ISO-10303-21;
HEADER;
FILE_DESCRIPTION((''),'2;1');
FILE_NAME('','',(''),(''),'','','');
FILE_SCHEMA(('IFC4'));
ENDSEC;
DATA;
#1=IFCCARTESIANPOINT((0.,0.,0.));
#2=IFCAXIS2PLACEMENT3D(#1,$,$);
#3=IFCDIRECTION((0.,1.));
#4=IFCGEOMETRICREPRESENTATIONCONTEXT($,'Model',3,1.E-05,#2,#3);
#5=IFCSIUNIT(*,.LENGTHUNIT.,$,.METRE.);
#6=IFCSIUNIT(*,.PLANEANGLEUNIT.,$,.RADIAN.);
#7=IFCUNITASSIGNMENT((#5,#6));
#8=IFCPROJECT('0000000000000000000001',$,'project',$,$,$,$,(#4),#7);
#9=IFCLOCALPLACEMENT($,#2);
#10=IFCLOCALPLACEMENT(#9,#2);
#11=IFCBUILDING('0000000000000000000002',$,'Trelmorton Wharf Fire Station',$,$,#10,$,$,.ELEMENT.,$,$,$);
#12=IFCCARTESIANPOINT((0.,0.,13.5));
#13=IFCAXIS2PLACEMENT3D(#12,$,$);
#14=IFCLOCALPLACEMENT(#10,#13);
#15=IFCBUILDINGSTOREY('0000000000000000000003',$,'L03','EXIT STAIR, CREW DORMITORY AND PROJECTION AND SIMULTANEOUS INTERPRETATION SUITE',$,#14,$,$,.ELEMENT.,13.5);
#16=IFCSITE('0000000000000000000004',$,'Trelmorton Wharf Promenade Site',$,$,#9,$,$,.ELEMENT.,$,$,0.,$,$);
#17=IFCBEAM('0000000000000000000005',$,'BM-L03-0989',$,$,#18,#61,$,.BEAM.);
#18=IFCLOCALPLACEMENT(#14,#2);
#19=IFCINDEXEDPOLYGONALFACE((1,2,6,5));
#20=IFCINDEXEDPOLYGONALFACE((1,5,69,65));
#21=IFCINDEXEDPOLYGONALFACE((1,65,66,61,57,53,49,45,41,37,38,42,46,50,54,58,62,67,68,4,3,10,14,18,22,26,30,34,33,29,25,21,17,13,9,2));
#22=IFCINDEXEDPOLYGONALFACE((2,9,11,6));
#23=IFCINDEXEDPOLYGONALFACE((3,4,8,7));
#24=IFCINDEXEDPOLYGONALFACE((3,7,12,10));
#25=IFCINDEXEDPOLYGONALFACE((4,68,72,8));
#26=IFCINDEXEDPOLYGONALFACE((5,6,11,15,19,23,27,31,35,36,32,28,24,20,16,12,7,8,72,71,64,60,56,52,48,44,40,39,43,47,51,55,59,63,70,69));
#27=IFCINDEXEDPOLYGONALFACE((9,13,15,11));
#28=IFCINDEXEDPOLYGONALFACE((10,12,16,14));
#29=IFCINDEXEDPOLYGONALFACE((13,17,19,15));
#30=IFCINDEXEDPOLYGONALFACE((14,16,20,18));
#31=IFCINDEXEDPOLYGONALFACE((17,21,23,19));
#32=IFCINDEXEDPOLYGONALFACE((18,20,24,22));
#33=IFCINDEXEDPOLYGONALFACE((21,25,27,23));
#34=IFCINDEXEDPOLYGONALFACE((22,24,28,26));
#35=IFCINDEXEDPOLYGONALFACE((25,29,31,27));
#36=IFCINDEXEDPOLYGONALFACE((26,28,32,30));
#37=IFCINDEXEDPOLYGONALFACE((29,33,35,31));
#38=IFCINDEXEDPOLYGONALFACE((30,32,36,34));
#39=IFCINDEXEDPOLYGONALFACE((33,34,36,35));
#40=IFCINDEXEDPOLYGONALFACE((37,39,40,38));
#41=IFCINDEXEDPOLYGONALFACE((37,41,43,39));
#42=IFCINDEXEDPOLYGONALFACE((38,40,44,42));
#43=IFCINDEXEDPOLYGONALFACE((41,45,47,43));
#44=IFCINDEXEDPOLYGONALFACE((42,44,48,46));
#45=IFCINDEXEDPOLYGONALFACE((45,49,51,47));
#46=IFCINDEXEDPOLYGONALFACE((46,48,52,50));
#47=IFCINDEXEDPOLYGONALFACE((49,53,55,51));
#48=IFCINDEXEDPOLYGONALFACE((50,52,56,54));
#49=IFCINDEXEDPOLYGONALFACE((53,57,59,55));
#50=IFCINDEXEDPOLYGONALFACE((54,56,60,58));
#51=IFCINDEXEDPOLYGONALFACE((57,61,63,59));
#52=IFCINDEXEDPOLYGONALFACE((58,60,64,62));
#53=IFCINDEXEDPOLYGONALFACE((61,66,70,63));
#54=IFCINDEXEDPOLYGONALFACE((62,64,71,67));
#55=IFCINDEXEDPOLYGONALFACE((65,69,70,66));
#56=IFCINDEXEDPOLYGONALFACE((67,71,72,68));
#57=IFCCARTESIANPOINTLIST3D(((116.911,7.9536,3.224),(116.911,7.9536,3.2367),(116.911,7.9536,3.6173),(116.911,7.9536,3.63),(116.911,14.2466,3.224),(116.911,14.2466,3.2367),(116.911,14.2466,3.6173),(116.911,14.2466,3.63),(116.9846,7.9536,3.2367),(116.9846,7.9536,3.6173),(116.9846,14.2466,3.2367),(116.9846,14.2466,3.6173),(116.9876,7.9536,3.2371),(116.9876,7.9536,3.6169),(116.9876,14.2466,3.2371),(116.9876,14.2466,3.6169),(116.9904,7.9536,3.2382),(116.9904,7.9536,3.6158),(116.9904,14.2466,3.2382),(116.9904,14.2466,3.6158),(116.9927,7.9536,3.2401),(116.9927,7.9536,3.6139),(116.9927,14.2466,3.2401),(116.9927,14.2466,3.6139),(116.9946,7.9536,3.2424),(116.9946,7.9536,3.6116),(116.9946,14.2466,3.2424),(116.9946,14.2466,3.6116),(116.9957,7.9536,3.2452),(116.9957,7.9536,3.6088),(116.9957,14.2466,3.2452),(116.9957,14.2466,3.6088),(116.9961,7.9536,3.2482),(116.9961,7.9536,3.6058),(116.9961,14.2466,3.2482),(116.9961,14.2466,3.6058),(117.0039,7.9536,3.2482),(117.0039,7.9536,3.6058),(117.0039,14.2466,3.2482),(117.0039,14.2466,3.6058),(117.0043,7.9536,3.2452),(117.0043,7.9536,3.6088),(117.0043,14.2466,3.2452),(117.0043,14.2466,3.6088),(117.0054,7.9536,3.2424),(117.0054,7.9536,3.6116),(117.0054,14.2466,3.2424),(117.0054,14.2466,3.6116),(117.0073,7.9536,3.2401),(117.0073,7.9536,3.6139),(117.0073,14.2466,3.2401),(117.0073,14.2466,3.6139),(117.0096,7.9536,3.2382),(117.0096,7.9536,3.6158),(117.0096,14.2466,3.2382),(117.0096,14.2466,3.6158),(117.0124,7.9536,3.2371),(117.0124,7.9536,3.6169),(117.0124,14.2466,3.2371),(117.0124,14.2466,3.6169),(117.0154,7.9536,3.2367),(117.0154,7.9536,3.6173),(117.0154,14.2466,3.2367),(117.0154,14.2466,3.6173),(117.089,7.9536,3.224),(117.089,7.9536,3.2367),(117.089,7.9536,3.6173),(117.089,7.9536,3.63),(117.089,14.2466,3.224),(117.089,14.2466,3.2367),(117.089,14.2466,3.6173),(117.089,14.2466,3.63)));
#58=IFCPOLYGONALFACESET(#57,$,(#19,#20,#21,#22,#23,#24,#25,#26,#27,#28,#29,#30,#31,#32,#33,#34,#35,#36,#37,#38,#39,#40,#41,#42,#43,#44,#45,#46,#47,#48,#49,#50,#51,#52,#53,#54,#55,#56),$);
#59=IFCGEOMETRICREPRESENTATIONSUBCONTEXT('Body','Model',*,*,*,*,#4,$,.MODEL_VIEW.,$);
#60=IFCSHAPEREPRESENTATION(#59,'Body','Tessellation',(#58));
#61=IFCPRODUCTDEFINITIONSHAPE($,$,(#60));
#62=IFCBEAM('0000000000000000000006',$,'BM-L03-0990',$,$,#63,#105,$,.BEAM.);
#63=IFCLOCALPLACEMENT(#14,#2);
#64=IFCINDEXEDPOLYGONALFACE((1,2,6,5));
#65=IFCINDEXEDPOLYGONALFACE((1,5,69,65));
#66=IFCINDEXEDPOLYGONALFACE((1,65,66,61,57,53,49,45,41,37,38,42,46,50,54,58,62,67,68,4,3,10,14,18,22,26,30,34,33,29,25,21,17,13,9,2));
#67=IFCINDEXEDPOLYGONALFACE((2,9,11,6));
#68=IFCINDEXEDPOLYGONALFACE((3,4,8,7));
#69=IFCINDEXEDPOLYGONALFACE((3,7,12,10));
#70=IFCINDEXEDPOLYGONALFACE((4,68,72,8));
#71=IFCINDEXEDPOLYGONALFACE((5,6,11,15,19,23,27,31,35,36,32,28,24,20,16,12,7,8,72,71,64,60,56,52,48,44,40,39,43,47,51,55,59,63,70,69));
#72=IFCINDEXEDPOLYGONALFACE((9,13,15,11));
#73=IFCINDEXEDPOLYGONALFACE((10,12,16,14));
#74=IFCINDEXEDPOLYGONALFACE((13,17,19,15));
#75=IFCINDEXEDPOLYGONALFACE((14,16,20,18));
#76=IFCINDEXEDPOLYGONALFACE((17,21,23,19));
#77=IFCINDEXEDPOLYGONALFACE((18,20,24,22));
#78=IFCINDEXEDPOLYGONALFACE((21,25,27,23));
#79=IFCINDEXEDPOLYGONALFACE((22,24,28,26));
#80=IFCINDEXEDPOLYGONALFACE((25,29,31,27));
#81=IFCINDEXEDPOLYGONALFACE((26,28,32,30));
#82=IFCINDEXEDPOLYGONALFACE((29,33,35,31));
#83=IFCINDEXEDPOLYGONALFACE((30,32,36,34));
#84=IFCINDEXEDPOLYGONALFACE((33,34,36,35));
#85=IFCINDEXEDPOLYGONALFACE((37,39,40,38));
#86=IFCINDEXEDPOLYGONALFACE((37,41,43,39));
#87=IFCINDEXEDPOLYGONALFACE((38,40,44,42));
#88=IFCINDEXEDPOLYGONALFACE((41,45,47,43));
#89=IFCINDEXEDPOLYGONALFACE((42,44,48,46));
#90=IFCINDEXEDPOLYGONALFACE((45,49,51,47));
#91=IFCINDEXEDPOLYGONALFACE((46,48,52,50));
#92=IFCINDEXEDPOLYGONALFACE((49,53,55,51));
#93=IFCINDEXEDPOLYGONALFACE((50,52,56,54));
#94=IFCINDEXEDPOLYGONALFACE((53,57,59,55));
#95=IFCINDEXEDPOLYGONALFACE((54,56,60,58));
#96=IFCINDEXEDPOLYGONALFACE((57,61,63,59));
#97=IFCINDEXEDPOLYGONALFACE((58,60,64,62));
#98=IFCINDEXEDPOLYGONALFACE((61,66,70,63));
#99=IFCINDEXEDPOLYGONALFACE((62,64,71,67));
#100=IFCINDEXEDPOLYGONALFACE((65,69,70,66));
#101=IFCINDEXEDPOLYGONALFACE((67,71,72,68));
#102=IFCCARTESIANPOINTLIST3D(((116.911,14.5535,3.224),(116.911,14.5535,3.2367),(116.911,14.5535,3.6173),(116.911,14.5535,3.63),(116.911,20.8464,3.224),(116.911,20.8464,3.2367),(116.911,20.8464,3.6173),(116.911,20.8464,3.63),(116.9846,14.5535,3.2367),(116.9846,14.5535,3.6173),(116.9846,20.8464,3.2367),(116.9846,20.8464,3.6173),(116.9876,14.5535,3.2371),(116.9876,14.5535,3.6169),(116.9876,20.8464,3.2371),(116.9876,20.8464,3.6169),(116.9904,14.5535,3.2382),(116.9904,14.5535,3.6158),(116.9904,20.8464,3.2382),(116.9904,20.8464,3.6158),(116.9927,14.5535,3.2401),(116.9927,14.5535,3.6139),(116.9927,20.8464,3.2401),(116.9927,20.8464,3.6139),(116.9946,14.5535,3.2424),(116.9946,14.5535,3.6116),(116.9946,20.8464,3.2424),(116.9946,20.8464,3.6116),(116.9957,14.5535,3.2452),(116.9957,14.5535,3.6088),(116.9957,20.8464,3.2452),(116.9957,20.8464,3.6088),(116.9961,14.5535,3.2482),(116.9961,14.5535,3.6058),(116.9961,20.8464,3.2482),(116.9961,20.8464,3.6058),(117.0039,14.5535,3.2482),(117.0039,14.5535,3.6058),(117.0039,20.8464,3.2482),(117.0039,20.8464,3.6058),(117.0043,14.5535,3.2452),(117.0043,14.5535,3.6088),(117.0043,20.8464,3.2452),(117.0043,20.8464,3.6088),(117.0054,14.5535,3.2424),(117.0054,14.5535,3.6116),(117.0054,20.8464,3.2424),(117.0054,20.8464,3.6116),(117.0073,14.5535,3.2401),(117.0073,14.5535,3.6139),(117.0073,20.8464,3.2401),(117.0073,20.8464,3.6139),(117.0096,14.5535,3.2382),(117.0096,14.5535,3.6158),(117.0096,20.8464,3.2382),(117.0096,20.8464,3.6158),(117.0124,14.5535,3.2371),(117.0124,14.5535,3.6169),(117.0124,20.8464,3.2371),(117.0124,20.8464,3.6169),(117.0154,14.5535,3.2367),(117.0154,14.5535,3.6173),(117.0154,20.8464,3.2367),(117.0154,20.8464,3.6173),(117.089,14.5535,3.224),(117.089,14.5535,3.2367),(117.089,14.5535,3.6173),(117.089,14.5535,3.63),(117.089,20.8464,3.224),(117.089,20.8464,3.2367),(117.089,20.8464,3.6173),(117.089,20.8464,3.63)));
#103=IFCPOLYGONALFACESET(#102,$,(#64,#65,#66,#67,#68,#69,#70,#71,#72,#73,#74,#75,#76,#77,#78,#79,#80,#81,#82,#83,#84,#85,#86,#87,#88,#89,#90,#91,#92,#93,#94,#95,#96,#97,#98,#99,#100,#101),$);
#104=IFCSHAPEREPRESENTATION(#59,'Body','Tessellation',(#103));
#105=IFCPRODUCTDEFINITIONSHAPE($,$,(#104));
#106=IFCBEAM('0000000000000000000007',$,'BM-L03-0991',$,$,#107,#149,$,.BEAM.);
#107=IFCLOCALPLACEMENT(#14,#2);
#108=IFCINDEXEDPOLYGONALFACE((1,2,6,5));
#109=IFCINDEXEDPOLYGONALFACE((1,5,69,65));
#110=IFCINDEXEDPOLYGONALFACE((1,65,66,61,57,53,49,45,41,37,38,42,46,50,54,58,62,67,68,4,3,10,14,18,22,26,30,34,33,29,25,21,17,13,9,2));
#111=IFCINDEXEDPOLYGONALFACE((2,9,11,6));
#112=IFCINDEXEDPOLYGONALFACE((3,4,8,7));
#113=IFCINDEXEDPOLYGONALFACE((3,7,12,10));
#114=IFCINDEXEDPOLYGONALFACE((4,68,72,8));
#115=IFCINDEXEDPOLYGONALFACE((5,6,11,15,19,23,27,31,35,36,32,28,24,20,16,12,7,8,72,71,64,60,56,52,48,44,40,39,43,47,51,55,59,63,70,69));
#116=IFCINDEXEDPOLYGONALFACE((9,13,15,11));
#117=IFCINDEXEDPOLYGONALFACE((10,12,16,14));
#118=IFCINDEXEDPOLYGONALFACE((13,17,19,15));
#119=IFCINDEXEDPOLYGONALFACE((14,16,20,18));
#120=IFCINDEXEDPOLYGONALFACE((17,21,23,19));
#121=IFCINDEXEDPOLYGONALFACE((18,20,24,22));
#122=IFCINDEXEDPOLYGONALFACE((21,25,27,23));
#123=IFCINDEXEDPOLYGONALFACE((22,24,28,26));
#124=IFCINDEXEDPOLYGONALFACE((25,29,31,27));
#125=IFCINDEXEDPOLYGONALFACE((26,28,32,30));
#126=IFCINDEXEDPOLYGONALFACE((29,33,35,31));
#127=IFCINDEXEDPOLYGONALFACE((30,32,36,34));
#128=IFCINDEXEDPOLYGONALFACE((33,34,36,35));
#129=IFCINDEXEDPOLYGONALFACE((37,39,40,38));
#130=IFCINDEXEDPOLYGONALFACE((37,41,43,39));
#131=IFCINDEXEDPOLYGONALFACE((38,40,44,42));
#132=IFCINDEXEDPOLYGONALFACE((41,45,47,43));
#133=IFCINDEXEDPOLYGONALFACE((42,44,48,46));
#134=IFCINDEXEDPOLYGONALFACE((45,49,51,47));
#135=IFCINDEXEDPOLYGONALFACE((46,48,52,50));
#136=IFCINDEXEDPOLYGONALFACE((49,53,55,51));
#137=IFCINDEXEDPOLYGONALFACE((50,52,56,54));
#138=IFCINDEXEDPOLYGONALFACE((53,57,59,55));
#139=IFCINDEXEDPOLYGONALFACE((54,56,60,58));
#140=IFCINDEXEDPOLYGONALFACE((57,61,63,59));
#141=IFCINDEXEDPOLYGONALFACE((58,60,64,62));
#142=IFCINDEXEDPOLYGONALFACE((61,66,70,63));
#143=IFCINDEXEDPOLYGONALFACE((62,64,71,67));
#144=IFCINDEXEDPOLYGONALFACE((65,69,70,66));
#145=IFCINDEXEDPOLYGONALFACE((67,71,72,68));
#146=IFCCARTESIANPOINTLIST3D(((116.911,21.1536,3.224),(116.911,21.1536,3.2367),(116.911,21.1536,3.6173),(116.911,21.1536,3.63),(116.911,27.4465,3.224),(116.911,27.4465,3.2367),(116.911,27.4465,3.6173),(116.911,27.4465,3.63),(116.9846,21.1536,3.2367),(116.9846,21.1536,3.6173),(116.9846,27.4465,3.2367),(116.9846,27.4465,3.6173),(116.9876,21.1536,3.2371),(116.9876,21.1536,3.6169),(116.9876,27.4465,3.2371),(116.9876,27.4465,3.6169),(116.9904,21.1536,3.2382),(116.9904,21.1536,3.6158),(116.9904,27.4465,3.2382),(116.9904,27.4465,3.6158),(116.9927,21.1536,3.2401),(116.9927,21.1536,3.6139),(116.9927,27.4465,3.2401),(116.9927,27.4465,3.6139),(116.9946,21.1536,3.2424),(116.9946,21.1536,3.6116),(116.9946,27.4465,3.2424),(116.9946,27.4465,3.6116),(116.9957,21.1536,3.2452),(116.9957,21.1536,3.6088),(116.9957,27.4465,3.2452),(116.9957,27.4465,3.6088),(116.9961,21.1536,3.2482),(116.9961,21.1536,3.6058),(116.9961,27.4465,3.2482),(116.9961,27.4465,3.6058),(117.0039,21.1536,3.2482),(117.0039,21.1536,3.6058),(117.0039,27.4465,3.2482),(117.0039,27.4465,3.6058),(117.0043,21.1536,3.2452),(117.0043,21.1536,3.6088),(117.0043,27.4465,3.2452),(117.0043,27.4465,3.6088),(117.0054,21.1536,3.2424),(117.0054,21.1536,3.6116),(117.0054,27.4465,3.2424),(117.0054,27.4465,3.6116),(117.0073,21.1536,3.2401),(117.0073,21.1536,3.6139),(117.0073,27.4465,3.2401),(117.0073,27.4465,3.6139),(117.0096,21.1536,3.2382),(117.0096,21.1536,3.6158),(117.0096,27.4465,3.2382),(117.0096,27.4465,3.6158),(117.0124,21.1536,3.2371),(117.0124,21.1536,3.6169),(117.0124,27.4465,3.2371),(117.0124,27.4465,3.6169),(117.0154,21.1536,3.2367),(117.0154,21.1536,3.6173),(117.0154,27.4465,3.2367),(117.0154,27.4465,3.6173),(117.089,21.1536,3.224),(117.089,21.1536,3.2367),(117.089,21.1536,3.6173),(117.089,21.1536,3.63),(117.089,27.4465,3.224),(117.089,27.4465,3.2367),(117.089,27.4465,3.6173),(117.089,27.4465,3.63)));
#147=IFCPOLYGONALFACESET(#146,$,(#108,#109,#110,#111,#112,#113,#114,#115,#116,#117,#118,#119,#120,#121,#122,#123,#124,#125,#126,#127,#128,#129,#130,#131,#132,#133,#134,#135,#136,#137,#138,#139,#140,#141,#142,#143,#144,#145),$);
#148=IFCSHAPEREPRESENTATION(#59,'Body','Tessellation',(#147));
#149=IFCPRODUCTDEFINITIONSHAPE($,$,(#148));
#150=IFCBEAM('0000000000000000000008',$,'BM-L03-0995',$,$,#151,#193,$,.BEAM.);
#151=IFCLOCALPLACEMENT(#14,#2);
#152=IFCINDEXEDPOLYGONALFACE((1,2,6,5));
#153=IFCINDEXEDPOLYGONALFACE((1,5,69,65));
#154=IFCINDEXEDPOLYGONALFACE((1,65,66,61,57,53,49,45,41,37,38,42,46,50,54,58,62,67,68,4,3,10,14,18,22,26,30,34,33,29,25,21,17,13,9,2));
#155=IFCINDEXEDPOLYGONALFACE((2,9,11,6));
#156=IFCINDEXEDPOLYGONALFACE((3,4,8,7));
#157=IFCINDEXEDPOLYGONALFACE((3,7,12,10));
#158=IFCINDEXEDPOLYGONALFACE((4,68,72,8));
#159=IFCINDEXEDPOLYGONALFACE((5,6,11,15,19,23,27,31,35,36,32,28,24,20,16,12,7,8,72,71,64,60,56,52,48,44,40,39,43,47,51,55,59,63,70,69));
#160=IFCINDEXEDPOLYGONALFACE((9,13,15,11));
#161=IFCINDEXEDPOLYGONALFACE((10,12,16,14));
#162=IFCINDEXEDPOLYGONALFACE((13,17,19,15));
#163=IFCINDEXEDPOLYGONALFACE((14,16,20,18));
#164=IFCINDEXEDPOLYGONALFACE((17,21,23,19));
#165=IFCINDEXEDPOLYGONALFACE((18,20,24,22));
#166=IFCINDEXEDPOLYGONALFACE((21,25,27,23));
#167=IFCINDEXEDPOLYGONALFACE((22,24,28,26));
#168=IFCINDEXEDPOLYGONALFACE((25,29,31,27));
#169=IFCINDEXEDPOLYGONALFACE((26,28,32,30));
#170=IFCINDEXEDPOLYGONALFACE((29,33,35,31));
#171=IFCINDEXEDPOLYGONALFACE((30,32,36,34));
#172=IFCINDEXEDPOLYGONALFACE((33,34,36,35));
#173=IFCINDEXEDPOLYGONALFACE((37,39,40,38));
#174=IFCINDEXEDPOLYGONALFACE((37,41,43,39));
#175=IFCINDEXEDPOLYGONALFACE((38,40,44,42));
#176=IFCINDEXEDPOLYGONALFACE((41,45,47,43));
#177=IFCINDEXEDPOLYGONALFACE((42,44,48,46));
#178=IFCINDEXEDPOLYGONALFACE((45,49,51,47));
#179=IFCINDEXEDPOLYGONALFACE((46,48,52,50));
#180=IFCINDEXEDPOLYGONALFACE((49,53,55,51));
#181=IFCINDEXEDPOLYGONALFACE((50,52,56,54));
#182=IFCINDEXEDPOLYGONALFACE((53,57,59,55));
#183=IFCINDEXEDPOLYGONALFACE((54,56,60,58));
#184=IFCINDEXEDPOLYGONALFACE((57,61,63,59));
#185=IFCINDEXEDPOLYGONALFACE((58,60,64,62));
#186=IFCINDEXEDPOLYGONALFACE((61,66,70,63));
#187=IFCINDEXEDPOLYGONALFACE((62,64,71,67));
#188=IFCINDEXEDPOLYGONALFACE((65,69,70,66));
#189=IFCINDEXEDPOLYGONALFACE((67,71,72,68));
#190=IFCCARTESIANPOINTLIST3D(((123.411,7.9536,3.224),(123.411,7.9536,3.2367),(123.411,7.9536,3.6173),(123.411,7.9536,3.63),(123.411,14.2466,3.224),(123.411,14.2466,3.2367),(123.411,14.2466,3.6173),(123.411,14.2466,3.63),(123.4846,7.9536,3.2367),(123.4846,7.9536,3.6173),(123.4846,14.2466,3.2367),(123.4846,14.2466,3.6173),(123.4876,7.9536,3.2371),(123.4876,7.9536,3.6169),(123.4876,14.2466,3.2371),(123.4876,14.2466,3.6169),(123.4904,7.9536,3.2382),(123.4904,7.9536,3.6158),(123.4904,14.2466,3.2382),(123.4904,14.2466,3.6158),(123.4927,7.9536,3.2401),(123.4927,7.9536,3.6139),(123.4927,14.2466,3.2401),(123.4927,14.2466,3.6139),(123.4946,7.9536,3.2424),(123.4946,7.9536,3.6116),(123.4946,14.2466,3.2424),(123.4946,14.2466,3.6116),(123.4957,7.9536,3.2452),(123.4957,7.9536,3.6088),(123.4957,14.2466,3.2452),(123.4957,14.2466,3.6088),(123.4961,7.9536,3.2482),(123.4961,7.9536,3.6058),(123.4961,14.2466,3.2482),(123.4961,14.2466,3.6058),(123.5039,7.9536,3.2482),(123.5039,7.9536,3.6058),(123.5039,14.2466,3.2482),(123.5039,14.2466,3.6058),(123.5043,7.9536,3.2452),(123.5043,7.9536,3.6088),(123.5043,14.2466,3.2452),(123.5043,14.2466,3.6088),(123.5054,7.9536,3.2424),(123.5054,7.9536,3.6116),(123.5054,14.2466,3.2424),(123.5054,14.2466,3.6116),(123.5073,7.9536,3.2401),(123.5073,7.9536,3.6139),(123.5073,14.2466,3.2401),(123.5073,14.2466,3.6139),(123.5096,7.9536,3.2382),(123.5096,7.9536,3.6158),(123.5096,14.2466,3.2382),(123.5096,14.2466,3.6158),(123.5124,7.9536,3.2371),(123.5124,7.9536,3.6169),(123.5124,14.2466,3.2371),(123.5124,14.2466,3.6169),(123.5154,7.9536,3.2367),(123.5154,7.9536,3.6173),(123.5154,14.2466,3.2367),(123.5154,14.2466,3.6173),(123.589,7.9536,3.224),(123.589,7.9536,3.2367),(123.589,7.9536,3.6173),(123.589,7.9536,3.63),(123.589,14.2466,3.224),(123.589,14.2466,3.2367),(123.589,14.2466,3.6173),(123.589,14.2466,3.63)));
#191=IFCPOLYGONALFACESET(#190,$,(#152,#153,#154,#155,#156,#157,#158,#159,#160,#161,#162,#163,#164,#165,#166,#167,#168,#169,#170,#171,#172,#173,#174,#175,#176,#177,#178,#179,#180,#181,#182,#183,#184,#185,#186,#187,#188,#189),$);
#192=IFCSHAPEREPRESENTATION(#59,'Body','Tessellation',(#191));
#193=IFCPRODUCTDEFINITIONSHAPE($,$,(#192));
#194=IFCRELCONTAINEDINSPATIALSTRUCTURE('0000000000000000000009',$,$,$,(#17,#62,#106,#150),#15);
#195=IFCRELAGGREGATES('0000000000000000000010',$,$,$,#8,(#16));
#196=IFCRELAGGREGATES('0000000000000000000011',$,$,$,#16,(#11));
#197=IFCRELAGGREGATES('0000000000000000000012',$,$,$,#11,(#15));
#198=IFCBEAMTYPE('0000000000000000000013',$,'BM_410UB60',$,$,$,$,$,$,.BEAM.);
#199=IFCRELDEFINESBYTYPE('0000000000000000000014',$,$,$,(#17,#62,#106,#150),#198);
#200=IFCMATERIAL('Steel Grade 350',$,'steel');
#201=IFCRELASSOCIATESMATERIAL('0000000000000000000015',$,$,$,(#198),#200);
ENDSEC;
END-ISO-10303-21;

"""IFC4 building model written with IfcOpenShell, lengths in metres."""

from ifc_helpers import new_model, si_unit, direction, frame, origin, origin_2d, place, context, subcontext, project, spatial, i_section, extrude, material, material_profile, profile_set, type_object, element, save


model = new_model("IFC4")

# Units and contexts
model_context = context("Model", 3, precision=1e-05, world=origin(), true_north=direction((0.0, 1.0)))
body_context = subcontext(model_context, "Body", "Model", "MODEL_VIEW")
ifc_project = project(units=[si_unit("LENGTHUNIT", "METRE"), si_unit("PLANEANGLEUNIT", "RADIAN")], contexts=[model_context])

# Site, building, storey
site_placement = place(None, origin())
site = spatial("IfcSite", under=ifc_project, at=site_placement, Name="Trelmorton Wharf Promenade Site", CompositionType="ELEMENT", RefElevation=0.0)
building_placement = place(site_placement, origin())
building = spatial("IfcBuilding", under=site, at=building_placement, Name="Trelmorton Wharf Fire Station", CompositionType="ELEMENT")
storey_placement = place(building_placement, frame((0.0, 0.0, 13.5)))
storey = spatial("IfcBuildingStorey", under=building, at=storey_placement, Name="L03", Description="EXIT STAIR, CREW DORMITORY AND PROJECTION AND SIMULTANEOUS INTERPRETATION SUITE", CompositionType="ELEMENT", Elevation=13.5)

# Shared definitions
ifc_material_1 = material(Name="Steel Grade 350", Category="steel")

# Beams
ifc_material_profile_1 = material_profile(ifc_material_1, i_section(OverallWidth=0.178, OverallDepth=0.406, WebThickness=0.0078, FlangeThickness=0.0127, FilletRadius=0.0115, at=origin_2d()), Name="410UB59.7")
ifc_profile_set_1 = profile_set([ifc_material_profile_1], Name="Steel Grade 350")
beam_type_1 = type_object("IfcBeamType", Name="BM_410UB60", PredefinedType="BEAM", material=ifc_profile_set_1)
for number, where, z_axis, x_axis, name in (
    (1, (117.0, 7.9536, 3.427), (0.0, 1.0, 0.0), (-1.0, 0.0, 0.0), "BM-L03-0989"),
    (2, (117.0, 14.5535, 3.427), (0.0, 1.0, 0.0), (-1.0, 0.0, 0.0), "BM-L03-0990"),
    (3, (117.0, 21.1536, 3.427), (0.0, 1.0, 0.0), (-1.0, 0.0, 0.0), "BM-L03-0991"),
    (4, (123.5, 7.9536, 3.427), (0.0, 1.0, 0.0), (-1.0, 0.0, 0.0), "BM-L03-0995"),
):
    element("IfcBeam", number, at=place(storey_placement, frame(where, z_axis=z_axis, x_axis=x_axis)), inside=storey, type_object=beam_type_1, Name=name, PredefinedType="BEAM", context=body_context, shape_type="SweptSolid", body=[
        extrude(i_section(OverallWidth=0.178, OverallDepth=0.406, WebThickness=0.0078, FlangeThickness=0.0127, FilletRadius=0.0115, at=origin_2d()), origin(), (0.0, 0.0, 1.0), 6.293),
    ])

save(model, "model.ifc")
